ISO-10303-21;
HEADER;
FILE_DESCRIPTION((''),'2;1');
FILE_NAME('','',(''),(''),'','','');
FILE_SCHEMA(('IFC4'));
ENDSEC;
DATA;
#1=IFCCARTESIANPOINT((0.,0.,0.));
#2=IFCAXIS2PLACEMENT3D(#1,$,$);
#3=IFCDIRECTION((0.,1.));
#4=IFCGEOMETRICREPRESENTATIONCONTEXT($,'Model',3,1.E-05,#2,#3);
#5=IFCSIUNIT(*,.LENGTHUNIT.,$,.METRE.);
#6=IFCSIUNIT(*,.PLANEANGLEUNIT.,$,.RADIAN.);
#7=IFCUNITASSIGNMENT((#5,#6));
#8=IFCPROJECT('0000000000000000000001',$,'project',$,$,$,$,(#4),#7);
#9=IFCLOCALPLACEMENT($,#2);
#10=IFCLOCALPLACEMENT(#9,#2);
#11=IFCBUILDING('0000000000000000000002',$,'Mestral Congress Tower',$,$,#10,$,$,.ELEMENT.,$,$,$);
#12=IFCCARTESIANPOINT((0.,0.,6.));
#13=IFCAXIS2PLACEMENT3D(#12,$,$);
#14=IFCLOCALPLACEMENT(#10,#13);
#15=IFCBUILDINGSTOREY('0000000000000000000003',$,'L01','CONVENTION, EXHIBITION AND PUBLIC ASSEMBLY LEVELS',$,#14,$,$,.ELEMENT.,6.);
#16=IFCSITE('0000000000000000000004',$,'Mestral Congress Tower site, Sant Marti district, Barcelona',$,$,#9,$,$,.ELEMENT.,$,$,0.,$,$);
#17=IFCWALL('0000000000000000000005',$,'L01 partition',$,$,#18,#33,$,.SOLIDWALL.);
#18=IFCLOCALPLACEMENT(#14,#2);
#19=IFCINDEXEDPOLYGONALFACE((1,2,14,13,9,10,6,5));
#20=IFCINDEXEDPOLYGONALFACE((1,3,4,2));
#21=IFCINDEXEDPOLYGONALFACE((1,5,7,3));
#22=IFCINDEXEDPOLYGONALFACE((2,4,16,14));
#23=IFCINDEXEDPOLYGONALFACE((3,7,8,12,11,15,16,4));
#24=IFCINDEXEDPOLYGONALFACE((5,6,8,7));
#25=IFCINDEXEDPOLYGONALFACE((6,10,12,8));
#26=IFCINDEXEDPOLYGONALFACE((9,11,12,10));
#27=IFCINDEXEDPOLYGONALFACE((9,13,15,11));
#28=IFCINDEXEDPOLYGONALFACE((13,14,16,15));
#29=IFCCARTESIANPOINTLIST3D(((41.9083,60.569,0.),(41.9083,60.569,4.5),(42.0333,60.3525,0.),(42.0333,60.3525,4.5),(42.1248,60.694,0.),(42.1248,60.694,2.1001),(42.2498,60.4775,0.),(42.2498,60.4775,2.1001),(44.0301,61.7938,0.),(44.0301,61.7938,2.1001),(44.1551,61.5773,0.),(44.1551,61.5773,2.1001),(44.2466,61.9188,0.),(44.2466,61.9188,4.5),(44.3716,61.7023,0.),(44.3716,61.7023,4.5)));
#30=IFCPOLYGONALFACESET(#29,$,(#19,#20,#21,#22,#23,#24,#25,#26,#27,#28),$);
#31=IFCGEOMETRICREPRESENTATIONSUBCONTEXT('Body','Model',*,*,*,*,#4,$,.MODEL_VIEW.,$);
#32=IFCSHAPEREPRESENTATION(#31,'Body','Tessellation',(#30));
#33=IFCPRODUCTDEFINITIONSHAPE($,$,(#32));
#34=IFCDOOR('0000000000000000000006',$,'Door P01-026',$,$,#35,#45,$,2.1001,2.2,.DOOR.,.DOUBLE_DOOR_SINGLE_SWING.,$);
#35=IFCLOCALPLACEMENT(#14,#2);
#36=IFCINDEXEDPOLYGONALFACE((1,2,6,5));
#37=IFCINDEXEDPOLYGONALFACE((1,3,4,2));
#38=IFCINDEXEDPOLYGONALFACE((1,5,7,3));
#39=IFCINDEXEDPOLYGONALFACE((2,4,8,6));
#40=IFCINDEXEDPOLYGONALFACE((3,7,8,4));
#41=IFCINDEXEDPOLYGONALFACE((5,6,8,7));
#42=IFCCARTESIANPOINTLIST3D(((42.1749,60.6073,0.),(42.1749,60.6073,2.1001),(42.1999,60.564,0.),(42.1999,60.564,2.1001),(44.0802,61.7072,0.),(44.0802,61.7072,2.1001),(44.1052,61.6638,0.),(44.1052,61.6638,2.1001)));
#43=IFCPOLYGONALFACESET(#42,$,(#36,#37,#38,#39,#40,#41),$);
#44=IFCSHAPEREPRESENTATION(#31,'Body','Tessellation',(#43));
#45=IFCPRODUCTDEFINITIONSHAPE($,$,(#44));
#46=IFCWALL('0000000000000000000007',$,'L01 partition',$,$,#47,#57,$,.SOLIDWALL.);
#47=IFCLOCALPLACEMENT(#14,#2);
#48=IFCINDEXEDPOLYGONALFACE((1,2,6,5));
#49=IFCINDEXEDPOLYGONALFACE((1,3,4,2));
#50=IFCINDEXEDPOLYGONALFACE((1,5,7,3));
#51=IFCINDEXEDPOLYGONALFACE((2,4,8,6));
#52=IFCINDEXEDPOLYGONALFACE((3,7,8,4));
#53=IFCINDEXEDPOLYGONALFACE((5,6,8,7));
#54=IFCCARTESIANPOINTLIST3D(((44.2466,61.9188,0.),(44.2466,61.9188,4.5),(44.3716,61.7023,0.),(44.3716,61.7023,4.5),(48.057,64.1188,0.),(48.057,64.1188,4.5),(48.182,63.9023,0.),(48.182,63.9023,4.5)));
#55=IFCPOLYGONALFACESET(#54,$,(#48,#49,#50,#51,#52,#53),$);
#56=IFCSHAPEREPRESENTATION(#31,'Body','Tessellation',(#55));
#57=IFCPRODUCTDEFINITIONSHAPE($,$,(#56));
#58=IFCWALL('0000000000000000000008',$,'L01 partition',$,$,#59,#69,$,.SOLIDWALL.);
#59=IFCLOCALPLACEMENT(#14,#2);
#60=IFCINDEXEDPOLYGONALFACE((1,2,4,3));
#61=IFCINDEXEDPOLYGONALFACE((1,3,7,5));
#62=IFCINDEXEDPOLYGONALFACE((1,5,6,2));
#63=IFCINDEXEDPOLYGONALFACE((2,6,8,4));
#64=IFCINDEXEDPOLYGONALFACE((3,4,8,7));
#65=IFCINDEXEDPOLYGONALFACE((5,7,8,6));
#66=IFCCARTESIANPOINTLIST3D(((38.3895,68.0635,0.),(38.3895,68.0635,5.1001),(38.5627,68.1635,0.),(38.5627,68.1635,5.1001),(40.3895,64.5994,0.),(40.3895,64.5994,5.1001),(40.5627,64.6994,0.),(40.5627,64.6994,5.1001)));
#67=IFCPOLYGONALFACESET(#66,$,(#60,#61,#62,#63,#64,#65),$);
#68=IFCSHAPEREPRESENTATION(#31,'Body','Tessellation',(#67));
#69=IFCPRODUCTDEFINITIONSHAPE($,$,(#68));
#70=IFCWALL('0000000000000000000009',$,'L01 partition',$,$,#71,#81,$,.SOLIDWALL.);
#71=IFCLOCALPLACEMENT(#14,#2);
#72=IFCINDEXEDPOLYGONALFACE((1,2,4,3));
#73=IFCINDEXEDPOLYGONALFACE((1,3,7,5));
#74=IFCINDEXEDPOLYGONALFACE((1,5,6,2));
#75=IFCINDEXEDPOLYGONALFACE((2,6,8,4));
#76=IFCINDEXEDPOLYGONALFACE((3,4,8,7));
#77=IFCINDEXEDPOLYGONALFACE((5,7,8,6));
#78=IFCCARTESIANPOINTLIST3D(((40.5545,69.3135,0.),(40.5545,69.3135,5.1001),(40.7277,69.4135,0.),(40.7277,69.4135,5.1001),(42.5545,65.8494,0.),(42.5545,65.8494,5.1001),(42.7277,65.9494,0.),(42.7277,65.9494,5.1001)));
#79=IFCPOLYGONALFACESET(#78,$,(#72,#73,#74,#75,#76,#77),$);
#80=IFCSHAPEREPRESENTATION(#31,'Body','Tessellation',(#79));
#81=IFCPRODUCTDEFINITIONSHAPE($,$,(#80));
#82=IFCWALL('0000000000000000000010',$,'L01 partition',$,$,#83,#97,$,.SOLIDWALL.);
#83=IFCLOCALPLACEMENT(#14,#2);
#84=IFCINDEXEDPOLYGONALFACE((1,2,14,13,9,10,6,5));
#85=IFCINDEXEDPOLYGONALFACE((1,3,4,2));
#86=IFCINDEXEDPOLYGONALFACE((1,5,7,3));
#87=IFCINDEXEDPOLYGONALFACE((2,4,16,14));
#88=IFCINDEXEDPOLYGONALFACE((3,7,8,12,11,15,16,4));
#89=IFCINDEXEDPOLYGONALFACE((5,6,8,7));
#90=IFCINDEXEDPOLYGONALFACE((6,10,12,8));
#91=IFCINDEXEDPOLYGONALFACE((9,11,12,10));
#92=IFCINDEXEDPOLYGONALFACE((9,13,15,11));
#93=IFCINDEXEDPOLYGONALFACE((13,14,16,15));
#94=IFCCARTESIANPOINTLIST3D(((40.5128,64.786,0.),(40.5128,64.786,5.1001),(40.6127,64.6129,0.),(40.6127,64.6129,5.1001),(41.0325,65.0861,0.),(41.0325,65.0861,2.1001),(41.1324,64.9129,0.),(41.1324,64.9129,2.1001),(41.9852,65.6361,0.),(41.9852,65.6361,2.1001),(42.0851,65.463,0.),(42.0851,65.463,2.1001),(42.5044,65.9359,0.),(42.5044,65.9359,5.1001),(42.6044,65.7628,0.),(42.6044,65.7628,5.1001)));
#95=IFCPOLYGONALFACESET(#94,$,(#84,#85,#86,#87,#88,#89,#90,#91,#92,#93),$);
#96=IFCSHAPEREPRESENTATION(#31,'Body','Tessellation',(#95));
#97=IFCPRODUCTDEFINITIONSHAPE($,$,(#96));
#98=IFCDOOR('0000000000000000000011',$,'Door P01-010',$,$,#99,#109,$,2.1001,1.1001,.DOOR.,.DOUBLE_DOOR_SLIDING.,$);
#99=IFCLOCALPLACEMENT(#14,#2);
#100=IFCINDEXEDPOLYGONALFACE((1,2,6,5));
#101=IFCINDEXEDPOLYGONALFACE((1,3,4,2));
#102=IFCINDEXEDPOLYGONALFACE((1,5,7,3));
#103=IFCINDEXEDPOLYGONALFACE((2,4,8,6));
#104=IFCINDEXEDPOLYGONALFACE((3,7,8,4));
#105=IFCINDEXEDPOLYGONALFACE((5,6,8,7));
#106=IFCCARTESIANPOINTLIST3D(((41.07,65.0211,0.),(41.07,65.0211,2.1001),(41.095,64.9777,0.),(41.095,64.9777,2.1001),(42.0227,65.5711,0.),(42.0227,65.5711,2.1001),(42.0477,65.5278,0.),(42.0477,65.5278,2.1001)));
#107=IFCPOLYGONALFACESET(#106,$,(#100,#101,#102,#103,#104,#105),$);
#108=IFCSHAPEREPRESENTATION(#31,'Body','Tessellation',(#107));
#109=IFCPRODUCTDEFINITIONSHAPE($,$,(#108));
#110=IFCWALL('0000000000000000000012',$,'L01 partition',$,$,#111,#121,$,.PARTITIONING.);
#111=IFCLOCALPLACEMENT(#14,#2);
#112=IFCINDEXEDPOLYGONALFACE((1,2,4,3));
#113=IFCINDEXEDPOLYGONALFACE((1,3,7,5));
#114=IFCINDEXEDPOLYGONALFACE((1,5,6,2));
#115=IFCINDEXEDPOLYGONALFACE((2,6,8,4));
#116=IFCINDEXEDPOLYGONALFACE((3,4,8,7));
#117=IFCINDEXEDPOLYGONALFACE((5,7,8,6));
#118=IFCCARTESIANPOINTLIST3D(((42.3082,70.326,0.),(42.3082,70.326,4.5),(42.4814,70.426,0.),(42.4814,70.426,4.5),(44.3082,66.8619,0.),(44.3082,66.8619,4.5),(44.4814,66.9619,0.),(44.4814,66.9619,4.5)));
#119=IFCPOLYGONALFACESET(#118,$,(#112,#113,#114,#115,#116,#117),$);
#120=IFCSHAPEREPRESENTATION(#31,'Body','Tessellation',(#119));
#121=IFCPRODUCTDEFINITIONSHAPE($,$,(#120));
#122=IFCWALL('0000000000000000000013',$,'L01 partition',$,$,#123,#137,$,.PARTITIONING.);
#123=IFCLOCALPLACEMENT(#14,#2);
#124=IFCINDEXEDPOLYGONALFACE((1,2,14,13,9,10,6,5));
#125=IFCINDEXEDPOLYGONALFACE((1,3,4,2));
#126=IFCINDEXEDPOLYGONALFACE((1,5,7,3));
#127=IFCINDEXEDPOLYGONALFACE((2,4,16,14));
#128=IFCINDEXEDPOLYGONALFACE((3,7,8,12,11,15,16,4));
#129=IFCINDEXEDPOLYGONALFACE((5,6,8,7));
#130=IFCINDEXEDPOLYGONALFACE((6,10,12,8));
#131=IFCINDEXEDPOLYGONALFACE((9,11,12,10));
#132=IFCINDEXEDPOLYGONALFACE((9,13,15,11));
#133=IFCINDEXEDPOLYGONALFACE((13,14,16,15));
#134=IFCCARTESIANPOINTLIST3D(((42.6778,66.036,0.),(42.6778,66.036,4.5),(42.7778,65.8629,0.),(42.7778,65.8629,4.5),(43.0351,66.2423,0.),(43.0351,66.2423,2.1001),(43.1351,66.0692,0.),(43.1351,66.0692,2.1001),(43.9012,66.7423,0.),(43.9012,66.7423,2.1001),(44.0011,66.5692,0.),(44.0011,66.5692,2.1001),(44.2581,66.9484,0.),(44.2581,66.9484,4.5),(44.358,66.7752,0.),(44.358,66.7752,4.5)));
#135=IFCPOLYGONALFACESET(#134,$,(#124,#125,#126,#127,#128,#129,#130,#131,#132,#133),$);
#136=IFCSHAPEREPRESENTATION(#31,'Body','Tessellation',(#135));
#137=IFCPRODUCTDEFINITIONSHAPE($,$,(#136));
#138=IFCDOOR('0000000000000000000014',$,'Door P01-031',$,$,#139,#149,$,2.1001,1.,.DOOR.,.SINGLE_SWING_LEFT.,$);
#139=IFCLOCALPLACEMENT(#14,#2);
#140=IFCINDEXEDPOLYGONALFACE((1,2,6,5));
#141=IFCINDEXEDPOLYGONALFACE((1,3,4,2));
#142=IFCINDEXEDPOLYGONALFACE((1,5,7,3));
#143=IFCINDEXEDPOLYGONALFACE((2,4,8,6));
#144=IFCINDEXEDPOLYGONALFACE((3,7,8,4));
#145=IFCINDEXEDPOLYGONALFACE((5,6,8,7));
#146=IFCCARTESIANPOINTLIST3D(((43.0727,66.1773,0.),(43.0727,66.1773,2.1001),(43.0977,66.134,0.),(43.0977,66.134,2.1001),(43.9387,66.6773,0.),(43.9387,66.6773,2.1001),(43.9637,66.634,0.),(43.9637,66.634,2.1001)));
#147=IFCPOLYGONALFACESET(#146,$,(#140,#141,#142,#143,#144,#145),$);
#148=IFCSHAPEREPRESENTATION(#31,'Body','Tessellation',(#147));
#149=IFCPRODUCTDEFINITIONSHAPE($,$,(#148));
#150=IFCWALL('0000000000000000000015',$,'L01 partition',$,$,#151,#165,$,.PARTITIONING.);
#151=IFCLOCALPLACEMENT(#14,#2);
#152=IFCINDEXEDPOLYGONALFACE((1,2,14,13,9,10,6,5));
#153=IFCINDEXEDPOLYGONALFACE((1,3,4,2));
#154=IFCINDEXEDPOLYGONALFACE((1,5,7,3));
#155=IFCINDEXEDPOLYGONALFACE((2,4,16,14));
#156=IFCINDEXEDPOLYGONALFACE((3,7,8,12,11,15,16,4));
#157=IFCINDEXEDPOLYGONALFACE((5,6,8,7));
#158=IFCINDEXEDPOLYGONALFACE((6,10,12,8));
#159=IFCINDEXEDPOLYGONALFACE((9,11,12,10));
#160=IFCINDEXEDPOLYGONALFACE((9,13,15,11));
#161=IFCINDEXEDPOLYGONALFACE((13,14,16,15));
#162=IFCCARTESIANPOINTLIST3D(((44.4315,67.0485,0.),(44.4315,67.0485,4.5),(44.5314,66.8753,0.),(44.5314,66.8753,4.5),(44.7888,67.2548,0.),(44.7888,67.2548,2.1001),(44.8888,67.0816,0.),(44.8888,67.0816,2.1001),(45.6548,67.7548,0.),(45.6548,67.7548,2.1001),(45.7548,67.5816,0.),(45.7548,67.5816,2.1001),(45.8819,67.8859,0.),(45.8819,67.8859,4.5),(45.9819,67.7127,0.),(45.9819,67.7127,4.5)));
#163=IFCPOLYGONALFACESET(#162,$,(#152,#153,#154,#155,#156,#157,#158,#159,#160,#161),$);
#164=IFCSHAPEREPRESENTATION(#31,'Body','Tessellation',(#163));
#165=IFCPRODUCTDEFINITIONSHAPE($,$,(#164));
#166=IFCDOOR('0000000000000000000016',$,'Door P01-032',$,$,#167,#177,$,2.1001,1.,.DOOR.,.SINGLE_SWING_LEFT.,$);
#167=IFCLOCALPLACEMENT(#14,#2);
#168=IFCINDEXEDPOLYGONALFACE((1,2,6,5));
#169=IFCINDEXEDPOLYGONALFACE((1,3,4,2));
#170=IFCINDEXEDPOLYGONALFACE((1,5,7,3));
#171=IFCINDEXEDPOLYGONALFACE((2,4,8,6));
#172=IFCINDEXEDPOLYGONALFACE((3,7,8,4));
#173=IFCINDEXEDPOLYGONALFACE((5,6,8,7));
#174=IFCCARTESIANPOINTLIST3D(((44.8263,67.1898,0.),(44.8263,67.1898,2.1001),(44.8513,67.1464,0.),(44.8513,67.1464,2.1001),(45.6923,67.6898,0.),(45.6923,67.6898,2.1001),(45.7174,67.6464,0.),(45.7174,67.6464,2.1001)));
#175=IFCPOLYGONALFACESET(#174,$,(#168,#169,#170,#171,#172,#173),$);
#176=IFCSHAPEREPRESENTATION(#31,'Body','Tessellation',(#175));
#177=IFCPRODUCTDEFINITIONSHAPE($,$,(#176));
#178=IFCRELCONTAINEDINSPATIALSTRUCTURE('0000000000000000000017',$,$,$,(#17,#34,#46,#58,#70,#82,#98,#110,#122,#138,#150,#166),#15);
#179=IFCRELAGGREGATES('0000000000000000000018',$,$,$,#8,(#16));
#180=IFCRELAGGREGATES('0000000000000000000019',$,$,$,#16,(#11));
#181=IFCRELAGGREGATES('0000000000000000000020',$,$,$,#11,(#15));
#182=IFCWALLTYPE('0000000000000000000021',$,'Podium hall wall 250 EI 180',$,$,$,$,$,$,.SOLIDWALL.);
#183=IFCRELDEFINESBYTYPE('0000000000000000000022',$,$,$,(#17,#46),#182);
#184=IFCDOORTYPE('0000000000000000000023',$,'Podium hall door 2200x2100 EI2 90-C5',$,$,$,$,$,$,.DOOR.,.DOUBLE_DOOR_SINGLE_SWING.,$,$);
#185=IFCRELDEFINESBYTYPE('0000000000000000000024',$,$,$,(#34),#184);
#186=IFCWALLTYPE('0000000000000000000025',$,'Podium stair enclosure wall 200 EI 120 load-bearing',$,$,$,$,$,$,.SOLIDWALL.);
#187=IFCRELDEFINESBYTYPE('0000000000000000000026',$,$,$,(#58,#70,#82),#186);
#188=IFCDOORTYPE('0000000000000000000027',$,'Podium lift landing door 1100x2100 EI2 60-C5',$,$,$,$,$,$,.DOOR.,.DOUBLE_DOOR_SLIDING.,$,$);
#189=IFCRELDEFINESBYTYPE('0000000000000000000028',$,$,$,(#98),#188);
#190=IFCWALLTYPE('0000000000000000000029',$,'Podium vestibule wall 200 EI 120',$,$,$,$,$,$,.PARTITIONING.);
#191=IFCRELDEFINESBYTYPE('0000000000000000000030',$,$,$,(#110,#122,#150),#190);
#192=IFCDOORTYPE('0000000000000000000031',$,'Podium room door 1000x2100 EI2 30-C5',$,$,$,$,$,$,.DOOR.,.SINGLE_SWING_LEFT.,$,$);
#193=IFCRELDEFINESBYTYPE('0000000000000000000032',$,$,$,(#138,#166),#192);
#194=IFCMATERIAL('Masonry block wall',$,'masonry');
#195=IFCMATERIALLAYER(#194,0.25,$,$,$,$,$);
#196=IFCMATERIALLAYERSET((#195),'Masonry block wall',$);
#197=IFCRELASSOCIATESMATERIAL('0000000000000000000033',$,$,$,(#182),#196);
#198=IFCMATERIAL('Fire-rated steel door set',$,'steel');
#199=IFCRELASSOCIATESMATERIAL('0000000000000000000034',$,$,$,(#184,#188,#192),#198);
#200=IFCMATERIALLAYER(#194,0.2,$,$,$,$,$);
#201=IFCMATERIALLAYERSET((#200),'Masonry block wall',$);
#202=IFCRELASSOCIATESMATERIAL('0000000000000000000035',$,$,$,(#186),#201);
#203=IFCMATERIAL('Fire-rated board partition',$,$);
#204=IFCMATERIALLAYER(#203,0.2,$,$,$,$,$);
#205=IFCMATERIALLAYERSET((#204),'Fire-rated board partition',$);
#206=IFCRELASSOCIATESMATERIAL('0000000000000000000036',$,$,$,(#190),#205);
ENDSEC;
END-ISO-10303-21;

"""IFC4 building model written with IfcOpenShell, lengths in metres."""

from ifc_helpers import new_model, si_unit, direction, frame, frame_2d, origin, place, context, subcontext, project, spatial, rectangle, extrude, material, layer, layer_set, type_object, element, fill, save


model = new_model("IFC4")

# Units and contexts
model_context = context("Model", 3, precision=1e-05, world=origin(), true_north=direction((0.0, 1.0)))
body_context = subcontext(model_context, "Body", "Model", "MODEL_VIEW")
ifc_project = project(units=[si_unit("LENGTHUNIT", "METRE"), si_unit("PLANEANGLEUNIT", "RADIAN")], contexts=[model_context])

# Site, building, storey
site_placement = place(None, origin())
site = spatial("IfcSite", under=ifc_project, at=site_placement, Name="Mestral Congress Tower site, Sant Marti district, Barcelona", CompositionType="ELEMENT", RefElevation=0.0)
building_placement = place(site_placement, origin())
building = spatial("IfcBuilding", under=site, at=building_placement, Name="Mestral Congress Tower", CompositionType="ELEMENT")
storey_placement = place(building_placement, frame((0.0, 0.0, 6.0)))
storey = spatial("IfcBuildingStorey", under=building, at=storey_placement, Name="L01", Description="CONVENTION, EXHIBITION AND PUBLIC ASSEMBLY LEVELS", CompositionType="ELEMENT", Elevation=6.0)

# Wall, opening, door
ifc_material_1 = material(Name="Masonry block wall", Category="masonry")
ifc_layer_1 = layer(ifc_material_1, 0.25)
ifc_layer_set_1 = layer_set([ifc_layer_1], Name="Masonry block wall")
wall_type_1 = type_object("IfcWallType", Name="Podium hall wall 250 EI 180", PredefinedType="SOLIDWALL", material=ifc_layer_set_1)
wall_1_placement = place(storey_placement, frame((41.9707, 60.4607, 0.0), z_axis=(0.0, 0.0, 1.0), x_axis=(0.866059, 0.499942, 0.0)))
wall_1 = element("IfcWall", 1, at=wall_1_placement, inside=storey, type_object=wall_type_1, Name="L01 partition", PredefinedType="SOLIDWALL", context=body_context, shape_type="SweptSolid", body=[
    extrude(rectangle(XDim=2.7, YDim=0.25, at=frame_2d((1.3501, 0.0))), origin(), (0.0, 0.0, 1.0), 4.5),
])
opening_1_placement = place(wall_1_placement, frame((0.25, 0.0, 0.0)))
opening_1 = element("IfcOpeningElement", 2, at=opening_1_placement, cuts=wall_1, PredefinedType="OPENING", context=body_context, shape_type="SweptSolid", body=[
    extrude(rectangle(XDim=2.2, YDim=2.1001, at=frame_2d((1.1001, 1.05))), frame((0.0, 0.135, 0.0), z_axis=(0.0, -1.0, 0.0), x_axis=(1.0, 0.0, 0.0)), (0.0, 0.0, 1.0), 0.27),
])
ifc_material_2 = material(Name="Fire-rated steel door set", Category="steel")
door_type_1 = type_object("IfcDoorType", Name="Podium hall door 2200x2100 EI2 90-C5", OperationType="DOUBLE_DOOR_SINGLE_SWING", PredefinedType="DOOR", material=ifc_material_2)
door_1_placement = place(opening_1_placement, origin())
door_1 = element("IfcDoor", 3, at=door_1_placement, inside=storey, type_object=door_type_1, Name="Door P01-026", OperationType="DOUBLE_DOOR_SINGLE_SWING", OverallHeight=2.1001, OverallWidth=2.2, PredefinedType="DOOR", context=body_context, shape_type="SweptSolid", body=[
    extrude(rectangle(XDim=2.2, YDim=2.1001, at=frame_2d((1.1001, 1.05))), frame((0.0, 0.0249, 0.0), z_axis=(0.0, -1.0, 0.0), x_axis=(1.0, 0.0, 0.0)), (0.0, 0.0, 1.0), 0.05),
])
fill(opening_1, door_1)

# Walls
wall_2_placement = place(storey_placement, frame((44.3091, 61.8105, 0.0), z_axis=(0.0, 0.0, 1.0), x_axis=(0.866018, 0.500012, 0.0)))
element("IfcWall", 4, at=wall_2_placement, inside=storey, type_object=wall_type_1, Name="L01 partition", PredefinedType="SOLIDWALL", context=body_context, shape_type="SweptSolid", body=[
    extrude(rectangle(XDim=4.3999, YDim=0.25, at=frame_2d((2.2, 0.0))), origin(), (0.0, 0.0, 1.0), 4.5),
])
ifc_layer_2 = layer(ifc_material_1, 0.2)
ifc_layer_set_2 = layer_set([ifc_layer_2], Name="Masonry block wall")
wall_type_2 = type_object("IfcWallType", Name="Podium stair enclosure wall 200 EI 120 load-bearing", PredefinedType="SOLIDWALL", material=ifc_layer_set_2)
for number, where, z_axis, x_axis, name in (
    (5, (40.4761, 64.6494, 0.0), (0.0, 0.0, 1.0), (-0.499999, 0.866026, 0.0), "L01 partition"),
    (6, (42.6411, 65.8994, 0.0), (0.0, 0.0, 1.0), (-0.499999, 0.866026, 0.0), "L01 partition"),
):
    element("IfcWall", number, at=place(storey_placement, frame(where, z_axis=z_axis, x_axis=x_axis)), inside=storey, type_object=wall_type_2, Name=name, PredefinedType="SOLIDWALL", context=body_context, shape_type="SweptSolid", body=[
        extrude(rectangle(XDim=4.0, YDim=0.2, at=frame_2d((2.0, 0.0))), origin(), (0.0, 0.0, 1.0), 5.1001),
    ])

# Wall, opening, door
wall_3_placement = place(storey_placement, frame((40.5627, 64.6995, 0.0), z_axis=(0.0, 0.0, 1.0), x_axis=(0.866026, 0.499998, 0.0)))
wall_3 = element("IfcWall", 7, at=wall_3_placement, inside=storey, type_object=wall_type_2, Name="L01 partition", PredefinedType="SOLIDWALL", context=body_context, shape_type="SweptSolid", body=[
    extrude(rectangle(XDim=2.2998, YDim=0.2, at=frame_2d((1.1499, 0.0))), origin(), (0.0, 0.0, 1.0), 5.1001),
])
opening_2_placement = place(wall_3_placement, frame((0.6001, 0.0, 0.0)))
opening_2 = element("IfcOpeningElement", 8, at=opening_2_placement, cuts=wall_3, PredefinedType="OPENING", context=body_context, shape_type="SweptSolid", body=[
    extrude(rectangle(XDim=1.1001, YDim=2.1001, at=frame_2d((0.55, 1.05))), frame((0.0, 0.1099, 0.0), z_axis=(0.0, -1.0, 0.0), x_axis=(1.0, 0.0, 0.0)), (0.0, 0.0, 1.0), 0.22),
])
door_type_2 = type_object("IfcDoorType", Name="Podium lift landing door 1100x2100 EI2 60-C5", OperationType="DOUBLE_DOOR_SLIDING", PredefinedType="DOOR", material=ifc_material_2)
door_2_placement = place(opening_2_placement, origin())
door_2 = element("IfcDoor", 9, at=door_2_placement, inside=storey, type_object=door_type_2, Name="Door P01-010", OperationType="DOUBLE_DOOR_SLIDING", OverallHeight=2.1001, OverallWidth=1.1001, PredefinedType="DOOR", context=body_context, shape_type="SweptSolid", body=[
    extrude(rectangle(XDim=1.1001, YDim=2.1001, at=frame_2d((0.55, 1.05))), frame((0.0, 0.0249, 0.0), z_axis=(0.0, -1.0, 0.0), x_axis=(1.0, 0.0, 0.0)), (0.0, 0.0, 1.0), 0.05),
])
fill(opening_2, door_2)

# Wall
ifc_material_3 = material(Name="Fire-rated board partition")
ifc_layer_3 = layer(ifc_material_3, 0.2)
ifc_layer_set_3 = layer_set([ifc_layer_3], Name="Fire-rated board partition")
wall_type_3 = type_object("IfcWallType", Name="Podium vestibule wall 200 EI 120", PredefinedType="PARTITIONING", material=ifc_layer_set_3)
wall_4_placement = place(storey_placement, frame((44.3948, 66.9119, 0.0), z_axis=(0.0, 0.0, 1.0), x_axis=(-0.499999, 0.866026, 0.0)))
element("IfcWall", 10, at=wall_4_placement, inside=storey, type_object=wall_type_3, Name="L01 partition", PredefinedType="PARTITIONING", context=body_context, shape_type="SweptSolid", body=[
    extrude(rectangle(XDim=4.0, YDim=0.2, at=frame_2d((2.0, 0.0))), origin(), (0.0, 0.0, 1.0), 4.5),
])

# Walls, openings, doors
wall_5_placement = place(storey_placement, frame((42.7278, 65.9495, 0.0), z_axis=(0.0, 0.0, 1.0), x_axis=(0.866036, 0.499981, 0.0)))
wall_5 = element("IfcWall", 11, at=wall_5_placement, inside=storey, type_object=wall_type_3, Name="L01 partition", PredefinedType="PARTITIONING", context=body_context, shape_type="SweptSolid", body=[
    extrude(rectangle(XDim=1.8247, YDim=0.2, at=frame_2d((0.9124, 0.0))), origin(), (0.0, 0.0, 1.0), 4.5),
])
opening_3_placement = place(wall_5_placement, frame((0.4126, 0.0, 0.0)))
opening_3 = element("IfcOpeningElement", 12, at=opening_3_placement, cuts=wall_5, PredefinedType="OPENING", context=body_context, shape_type="SweptSolid", body=[
    extrude(rectangle(XDim=1.0, YDim=2.1001, at=frame_2d((0.5, 1.05))), frame((0.0, 0.1099, 0.0), z_axis=(0.0, -1.0, 0.0), x_axis=(1.0, 0.0, 0.0)), (0.0, 0.0, 1.0), 0.22),
])
door_type_3 = type_object("IfcDoorType", Name="Podium room door 1000x2100 EI2 30-C5", OperationType="SINGLE_SWING_LEFT", PredefinedType="DOOR", material=ifc_material_2)
door_3_placement = place(opening_3_placement, origin())
door_3 = element("IfcDoor", 13, at=door_3_placement, inside=storey, type_object=door_type_3, Name="Door P01-031", OperationType="SINGLE_SWING_LEFT", OverallHeight=2.1001, OverallWidth=1.0, PredefinedType="DOOR", context=body_context, shape_type="SweptSolid", body=[
    extrude(rectangle(XDim=1.0, YDim=2.1001, at=frame_2d((0.5, 1.05))), frame((0.0, 0.0249, 0.0), z_axis=(0.0, -1.0, 0.0), x_axis=(1.0, 0.0, 0.0)), (0.0, 0.0, 1.0), 0.05),
])
fill(opening_3, door_3)
wall_6_placement = place(storey_placement, frame((44.4814, 66.9619, 0.0), z_axis=(0.0, 0.0, 1.0), x_axis=(0.866028, 0.499996, 0.0)))
wall_6 = element("IfcWall", 14, at=wall_6_placement, inside=storey, type_object=wall_type_3, Name="L01 partition", PredefinedType="PARTITIONING", context=body_context, shape_type="SweptSolid", body=[
    extrude(rectangle(XDim=1.6748, YDim=0.2, at=frame_2d((0.8374, 0.0))), origin(), (0.0, 0.0, 1.0), 4.5),
])
opening_4_placement = place(wall_6_placement, frame((0.4126, 0.0, 0.0)))
opening_4 = element("IfcOpeningElement", 15, at=opening_4_placement, cuts=wall_6, PredefinedType="OPENING", context=body_context, shape_type="SweptSolid", body=[
    extrude(rectangle(XDim=1.0, YDim=2.1001, at=frame_2d((0.5, 1.05))), frame((0.0, 0.1099, 0.0), z_axis=(0.0, -1.0, 0.0), x_axis=(1.0, 0.0, 0.0)), (0.0, 0.0, 1.0), 0.22),
])
door_4_placement = place(opening_4_placement, origin())
door_4 = element("IfcDoor", 16, at=door_4_placement, inside=storey, type_object=door_type_3, Name="Door P01-032", OperationType="SINGLE_SWING_LEFT", OverallHeight=2.1001, OverallWidth=1.0, PredefinedType="DOOR", context=body_context, shape_type="SweptSolid", body=[
    extrude(rectangle(XDim=1.0, YDim=2.1001, at=frame_2d((0.5, 1.05))), frame((0.0, 0.0249, 0.0), z_axis=(0.0, -1.0, 0.0), x_axis=(1.0, 0.0, 0.0)), (0.0, 0.0, 1.0), 0.05),
])
fill(opening_4, door_4)

save(model, "model.ifc")
